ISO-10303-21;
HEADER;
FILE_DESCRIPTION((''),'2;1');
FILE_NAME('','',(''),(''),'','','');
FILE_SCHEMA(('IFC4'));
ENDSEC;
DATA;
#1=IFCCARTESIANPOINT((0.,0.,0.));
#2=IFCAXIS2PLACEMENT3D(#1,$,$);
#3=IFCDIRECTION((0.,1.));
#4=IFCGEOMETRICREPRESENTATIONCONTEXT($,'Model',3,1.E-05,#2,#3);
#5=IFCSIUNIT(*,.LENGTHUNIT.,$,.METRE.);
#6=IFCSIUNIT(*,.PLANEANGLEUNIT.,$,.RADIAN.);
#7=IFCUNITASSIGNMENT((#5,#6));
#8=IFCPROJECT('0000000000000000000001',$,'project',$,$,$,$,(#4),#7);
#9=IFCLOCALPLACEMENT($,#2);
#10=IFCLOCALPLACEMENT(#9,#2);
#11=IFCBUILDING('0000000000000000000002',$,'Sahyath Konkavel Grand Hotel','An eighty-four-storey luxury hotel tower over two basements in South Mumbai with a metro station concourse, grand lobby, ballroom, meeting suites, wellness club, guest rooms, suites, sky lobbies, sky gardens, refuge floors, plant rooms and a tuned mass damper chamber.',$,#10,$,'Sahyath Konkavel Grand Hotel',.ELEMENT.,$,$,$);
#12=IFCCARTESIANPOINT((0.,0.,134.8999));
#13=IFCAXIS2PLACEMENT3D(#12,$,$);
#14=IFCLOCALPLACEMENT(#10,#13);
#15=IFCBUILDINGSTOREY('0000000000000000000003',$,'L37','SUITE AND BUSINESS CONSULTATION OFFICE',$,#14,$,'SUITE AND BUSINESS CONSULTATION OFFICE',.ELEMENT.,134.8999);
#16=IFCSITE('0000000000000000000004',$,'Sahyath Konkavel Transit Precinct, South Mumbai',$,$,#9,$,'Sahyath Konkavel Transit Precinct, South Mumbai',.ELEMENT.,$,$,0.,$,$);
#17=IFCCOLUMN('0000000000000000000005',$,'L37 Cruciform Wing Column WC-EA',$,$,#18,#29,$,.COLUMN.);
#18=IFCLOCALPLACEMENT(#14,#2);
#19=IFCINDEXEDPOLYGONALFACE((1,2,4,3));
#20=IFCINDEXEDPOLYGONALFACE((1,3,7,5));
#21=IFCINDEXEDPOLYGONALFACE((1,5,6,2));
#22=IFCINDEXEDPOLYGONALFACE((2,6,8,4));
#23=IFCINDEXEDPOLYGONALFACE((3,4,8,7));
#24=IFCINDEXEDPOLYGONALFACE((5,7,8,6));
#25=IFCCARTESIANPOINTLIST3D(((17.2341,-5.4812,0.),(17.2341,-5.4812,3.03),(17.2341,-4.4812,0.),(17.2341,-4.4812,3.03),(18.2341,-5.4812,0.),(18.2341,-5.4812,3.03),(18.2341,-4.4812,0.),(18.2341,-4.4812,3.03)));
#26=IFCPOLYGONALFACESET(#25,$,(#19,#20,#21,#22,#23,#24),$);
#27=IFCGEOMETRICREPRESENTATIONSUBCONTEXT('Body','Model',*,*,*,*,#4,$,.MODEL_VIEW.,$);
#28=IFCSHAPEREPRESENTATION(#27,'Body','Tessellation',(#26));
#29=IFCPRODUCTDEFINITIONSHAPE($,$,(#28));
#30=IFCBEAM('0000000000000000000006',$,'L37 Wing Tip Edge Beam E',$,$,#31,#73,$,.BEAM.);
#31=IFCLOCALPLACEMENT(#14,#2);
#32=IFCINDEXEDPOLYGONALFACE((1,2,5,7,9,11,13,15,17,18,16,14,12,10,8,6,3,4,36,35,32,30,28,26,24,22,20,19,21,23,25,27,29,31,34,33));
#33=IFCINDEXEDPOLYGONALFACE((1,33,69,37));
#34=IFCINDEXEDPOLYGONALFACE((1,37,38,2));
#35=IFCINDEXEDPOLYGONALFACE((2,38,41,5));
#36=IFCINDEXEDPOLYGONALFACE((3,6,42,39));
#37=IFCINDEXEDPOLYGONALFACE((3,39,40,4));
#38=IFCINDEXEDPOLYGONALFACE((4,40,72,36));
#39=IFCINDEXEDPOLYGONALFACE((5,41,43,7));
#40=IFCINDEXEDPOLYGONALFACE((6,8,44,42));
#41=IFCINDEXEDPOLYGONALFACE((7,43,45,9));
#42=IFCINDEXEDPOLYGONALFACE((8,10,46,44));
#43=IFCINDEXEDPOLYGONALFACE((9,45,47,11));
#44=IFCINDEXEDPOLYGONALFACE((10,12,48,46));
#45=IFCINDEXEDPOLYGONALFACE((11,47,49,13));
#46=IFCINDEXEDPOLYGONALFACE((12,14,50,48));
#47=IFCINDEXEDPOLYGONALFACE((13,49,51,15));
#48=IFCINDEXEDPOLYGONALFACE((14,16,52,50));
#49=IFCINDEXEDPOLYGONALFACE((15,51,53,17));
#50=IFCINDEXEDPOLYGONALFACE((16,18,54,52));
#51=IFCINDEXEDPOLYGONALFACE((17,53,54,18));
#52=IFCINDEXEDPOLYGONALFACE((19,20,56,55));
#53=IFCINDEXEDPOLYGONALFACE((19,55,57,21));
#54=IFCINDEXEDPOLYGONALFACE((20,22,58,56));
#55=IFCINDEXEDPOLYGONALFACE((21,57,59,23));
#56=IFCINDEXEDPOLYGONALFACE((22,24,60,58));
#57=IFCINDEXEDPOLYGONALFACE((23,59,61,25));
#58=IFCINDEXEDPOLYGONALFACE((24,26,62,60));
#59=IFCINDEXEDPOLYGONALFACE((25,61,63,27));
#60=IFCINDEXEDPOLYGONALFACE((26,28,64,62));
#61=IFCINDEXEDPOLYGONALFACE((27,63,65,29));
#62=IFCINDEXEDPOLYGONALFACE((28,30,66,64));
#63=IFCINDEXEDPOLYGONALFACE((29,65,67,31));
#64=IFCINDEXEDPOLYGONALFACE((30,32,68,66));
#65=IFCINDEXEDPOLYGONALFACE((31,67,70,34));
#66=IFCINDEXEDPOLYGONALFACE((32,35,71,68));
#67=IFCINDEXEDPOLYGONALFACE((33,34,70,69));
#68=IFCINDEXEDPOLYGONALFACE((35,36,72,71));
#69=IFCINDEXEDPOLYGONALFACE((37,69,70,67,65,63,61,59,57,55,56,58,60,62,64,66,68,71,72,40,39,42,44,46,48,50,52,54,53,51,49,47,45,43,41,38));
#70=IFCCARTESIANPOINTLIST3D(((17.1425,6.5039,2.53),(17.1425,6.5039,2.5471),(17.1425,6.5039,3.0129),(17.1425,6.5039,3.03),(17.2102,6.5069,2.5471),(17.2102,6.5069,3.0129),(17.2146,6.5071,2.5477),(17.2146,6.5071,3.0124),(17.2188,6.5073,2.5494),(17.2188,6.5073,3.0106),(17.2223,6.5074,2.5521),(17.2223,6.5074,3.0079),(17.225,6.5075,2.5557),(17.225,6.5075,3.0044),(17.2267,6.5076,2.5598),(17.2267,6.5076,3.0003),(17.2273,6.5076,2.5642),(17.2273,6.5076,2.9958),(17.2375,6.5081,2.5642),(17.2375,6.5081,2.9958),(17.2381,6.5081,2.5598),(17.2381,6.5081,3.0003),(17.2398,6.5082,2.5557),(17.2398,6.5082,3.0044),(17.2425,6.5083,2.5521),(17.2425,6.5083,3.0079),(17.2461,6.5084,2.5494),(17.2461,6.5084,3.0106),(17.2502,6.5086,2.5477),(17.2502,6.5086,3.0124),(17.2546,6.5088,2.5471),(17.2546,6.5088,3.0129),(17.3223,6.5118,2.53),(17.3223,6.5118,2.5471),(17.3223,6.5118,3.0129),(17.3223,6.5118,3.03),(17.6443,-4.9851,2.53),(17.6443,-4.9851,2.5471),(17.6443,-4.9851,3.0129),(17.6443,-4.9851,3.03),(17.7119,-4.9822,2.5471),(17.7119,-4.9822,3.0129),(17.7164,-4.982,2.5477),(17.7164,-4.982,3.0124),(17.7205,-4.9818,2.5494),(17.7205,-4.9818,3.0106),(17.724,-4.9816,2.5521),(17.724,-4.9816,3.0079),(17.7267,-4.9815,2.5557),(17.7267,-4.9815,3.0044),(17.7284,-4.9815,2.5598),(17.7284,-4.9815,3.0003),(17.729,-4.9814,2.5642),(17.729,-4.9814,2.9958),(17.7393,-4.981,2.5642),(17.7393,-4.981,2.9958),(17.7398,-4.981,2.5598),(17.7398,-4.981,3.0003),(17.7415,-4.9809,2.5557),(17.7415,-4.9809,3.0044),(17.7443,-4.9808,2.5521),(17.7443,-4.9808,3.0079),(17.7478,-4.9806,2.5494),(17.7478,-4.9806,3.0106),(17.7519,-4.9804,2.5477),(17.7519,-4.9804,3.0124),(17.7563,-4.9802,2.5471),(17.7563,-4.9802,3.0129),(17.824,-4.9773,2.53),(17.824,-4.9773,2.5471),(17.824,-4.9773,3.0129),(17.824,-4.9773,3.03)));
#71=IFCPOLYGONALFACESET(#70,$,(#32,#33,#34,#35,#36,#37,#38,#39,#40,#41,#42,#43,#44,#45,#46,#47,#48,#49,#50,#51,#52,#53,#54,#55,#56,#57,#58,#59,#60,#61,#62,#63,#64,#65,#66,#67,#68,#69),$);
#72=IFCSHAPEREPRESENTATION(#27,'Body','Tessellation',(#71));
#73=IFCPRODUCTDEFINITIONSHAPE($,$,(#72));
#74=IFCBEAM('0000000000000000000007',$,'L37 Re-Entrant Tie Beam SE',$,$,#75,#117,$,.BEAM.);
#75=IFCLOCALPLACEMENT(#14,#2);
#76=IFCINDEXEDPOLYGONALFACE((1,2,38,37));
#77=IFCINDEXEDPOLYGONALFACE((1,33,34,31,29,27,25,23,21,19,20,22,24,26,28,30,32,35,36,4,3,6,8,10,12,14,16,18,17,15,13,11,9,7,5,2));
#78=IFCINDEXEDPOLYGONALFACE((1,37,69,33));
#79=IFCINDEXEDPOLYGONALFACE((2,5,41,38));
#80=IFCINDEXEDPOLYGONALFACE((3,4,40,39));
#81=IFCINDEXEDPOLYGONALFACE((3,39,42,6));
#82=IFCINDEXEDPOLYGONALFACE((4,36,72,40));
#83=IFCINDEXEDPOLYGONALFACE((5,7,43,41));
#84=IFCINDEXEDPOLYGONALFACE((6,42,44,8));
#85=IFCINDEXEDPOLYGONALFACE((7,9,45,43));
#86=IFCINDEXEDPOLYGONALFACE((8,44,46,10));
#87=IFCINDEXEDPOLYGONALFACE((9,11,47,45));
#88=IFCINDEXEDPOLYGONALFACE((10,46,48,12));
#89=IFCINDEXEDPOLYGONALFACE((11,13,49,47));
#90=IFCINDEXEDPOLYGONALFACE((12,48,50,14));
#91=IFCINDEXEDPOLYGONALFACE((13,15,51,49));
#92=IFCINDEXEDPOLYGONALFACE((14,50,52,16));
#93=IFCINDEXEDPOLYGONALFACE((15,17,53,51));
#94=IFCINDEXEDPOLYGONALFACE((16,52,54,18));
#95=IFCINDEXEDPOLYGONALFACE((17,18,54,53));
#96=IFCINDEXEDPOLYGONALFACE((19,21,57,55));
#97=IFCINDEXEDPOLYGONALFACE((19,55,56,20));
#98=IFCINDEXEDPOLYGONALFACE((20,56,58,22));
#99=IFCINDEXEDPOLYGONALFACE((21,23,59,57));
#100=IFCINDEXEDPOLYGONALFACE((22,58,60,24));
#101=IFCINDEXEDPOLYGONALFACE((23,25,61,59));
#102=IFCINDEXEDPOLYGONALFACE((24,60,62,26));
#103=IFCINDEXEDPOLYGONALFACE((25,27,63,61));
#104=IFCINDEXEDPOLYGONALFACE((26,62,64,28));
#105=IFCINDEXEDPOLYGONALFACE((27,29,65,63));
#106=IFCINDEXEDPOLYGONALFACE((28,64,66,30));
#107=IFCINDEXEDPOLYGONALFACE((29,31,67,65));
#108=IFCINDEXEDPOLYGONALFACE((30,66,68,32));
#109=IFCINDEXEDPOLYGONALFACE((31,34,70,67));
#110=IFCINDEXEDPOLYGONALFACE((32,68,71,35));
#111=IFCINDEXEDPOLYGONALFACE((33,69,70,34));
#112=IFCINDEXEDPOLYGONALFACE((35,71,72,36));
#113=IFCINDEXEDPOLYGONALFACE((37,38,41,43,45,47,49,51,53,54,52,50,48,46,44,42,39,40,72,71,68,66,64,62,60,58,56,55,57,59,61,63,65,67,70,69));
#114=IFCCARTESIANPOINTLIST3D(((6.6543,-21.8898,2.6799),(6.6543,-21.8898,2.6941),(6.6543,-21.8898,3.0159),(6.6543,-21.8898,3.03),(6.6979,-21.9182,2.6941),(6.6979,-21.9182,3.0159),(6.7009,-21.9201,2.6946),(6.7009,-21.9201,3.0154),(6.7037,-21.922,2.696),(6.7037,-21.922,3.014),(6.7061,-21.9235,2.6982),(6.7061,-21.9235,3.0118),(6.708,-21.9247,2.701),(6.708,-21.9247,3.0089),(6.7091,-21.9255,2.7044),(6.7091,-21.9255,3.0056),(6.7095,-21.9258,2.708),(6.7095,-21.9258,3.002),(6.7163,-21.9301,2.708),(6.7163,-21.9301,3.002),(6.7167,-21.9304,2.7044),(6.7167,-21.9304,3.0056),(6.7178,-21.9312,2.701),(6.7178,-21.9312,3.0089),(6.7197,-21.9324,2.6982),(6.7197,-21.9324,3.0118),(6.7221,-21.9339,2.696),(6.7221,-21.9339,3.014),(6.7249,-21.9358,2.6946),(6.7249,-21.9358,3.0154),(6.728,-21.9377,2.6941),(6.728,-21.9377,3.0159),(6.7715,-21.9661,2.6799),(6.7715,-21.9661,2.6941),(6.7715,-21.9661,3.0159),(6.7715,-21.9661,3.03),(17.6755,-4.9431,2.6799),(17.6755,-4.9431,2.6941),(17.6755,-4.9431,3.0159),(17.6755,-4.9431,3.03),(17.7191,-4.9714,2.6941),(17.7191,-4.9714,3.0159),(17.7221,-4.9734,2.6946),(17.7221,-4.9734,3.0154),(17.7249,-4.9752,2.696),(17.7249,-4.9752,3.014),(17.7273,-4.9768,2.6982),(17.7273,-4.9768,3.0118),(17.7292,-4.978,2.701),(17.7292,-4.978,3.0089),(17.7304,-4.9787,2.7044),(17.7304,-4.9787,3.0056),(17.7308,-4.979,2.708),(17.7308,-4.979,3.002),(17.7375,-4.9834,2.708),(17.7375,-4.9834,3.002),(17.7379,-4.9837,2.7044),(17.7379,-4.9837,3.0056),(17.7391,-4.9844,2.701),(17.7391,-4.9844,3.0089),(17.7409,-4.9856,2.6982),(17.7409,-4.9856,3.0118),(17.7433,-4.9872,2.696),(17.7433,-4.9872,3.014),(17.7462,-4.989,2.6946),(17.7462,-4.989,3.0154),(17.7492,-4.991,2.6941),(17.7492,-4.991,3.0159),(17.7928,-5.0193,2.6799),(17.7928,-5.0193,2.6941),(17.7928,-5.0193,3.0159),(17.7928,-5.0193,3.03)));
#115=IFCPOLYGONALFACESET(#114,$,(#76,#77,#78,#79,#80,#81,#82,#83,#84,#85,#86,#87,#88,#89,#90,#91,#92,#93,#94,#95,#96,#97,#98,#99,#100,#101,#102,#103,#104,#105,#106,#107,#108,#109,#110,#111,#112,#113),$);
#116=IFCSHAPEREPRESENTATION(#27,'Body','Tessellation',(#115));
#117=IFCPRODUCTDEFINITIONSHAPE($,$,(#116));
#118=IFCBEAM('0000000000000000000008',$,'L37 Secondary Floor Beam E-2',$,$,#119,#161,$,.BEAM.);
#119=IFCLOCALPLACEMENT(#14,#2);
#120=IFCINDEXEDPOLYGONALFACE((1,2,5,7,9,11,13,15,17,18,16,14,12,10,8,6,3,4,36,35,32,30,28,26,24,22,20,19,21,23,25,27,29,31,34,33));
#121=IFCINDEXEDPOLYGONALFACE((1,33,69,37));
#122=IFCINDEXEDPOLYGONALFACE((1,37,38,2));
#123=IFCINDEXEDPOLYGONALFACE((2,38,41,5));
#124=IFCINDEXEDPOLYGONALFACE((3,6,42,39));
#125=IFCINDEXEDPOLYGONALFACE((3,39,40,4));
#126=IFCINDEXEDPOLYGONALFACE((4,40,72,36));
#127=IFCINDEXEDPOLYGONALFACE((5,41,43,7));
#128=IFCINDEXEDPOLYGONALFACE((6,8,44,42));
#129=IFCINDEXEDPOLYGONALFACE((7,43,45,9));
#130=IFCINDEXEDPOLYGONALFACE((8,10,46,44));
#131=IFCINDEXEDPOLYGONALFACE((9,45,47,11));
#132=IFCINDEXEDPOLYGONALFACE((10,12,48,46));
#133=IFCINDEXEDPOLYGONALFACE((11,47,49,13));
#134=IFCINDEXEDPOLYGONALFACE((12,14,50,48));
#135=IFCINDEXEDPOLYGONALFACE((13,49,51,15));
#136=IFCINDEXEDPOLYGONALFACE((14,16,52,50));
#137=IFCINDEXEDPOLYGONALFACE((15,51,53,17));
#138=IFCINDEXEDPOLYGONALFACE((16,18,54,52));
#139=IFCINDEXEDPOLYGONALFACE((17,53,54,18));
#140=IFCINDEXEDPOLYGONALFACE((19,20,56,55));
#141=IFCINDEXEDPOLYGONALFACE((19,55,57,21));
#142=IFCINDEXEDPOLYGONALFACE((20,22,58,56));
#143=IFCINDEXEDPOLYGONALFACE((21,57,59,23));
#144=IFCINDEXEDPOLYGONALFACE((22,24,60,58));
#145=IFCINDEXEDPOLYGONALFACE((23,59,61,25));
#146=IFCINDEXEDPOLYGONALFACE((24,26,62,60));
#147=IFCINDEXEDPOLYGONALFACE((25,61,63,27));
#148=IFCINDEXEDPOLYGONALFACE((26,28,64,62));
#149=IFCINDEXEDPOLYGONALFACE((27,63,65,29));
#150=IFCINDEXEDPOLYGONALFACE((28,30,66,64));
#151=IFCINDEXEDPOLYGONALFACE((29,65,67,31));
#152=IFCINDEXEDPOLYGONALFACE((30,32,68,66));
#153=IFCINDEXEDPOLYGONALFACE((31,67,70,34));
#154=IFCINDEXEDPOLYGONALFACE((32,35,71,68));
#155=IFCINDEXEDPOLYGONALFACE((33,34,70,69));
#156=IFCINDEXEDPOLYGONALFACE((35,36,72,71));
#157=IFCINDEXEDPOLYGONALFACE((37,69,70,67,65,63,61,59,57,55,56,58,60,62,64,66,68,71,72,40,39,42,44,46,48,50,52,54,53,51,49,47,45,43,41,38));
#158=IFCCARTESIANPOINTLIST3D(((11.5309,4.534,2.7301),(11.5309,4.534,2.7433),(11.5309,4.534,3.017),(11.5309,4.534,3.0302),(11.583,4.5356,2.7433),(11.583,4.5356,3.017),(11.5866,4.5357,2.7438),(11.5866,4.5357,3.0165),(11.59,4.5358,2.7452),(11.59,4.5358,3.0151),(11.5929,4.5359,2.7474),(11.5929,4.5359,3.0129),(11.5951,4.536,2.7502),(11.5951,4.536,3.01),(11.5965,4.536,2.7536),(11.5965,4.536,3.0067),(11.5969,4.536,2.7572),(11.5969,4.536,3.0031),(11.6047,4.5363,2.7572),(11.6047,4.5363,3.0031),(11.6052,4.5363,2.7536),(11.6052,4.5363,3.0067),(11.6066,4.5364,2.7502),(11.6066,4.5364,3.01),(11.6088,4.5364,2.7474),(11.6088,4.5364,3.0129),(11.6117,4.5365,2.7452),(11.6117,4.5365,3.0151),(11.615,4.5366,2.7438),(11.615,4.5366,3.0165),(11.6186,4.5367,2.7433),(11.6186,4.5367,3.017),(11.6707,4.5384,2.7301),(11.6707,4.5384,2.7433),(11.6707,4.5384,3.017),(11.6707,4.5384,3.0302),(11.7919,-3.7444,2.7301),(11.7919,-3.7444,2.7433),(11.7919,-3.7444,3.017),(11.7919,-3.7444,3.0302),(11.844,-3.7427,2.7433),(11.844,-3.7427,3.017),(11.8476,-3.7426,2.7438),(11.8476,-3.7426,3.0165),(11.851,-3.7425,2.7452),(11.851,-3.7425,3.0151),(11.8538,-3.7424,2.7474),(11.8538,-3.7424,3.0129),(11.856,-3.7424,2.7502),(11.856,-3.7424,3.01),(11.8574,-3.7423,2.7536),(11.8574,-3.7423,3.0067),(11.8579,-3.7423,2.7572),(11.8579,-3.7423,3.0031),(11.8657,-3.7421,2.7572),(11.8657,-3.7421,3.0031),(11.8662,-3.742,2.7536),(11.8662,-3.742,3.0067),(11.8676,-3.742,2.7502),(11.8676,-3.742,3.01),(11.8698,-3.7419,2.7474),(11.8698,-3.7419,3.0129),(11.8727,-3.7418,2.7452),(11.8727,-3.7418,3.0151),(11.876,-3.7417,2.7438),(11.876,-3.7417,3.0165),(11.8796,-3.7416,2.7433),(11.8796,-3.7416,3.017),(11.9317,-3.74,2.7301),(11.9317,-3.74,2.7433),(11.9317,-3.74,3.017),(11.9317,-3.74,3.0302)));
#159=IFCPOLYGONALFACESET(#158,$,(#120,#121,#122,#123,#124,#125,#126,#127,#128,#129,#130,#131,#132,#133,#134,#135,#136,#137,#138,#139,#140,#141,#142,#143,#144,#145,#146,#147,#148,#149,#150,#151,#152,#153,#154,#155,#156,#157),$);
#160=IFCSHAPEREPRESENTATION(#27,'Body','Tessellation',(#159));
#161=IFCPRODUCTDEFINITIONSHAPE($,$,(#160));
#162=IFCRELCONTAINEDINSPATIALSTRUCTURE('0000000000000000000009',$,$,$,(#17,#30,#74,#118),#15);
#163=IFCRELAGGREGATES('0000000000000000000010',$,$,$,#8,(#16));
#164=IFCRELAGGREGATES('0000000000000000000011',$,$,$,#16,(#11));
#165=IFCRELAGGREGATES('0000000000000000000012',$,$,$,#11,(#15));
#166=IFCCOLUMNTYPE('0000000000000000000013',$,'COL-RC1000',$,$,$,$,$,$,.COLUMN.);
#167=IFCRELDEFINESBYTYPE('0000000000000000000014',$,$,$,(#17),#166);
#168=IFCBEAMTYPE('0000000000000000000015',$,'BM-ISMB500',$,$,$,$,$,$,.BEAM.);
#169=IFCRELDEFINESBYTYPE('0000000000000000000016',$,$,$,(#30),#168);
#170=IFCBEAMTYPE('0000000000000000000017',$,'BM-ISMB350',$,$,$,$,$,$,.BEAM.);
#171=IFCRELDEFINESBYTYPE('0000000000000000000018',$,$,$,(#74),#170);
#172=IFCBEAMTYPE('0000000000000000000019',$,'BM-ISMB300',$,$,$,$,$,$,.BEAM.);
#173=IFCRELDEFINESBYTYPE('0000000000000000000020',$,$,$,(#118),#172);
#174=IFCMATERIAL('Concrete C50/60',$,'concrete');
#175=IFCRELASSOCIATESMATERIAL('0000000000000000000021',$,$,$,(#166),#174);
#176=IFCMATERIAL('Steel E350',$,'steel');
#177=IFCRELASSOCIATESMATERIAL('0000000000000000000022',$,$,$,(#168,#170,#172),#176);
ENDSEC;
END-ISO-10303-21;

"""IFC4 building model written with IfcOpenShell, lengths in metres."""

from ifc_helpers import new_model, si_unit, direction, frame, origin, origin_2d, place, context, subcontext, project, spatial, rectangle, i_section, extrude, source, transform, mapped, material, material_profile, profile_set, type_object, element, save


model = new_model("IFC4")

# Units and contexts
model_context = context("Model", 3, precision=1e-05, world=origin(), true_north=direction((0.0, 1.0)))
body_context = subcontext(model_context, "Body", "Model", "MODEL_VIEW")
ifc_project = project(units=[si_unit("LENGTHUNIT", "METRE"), si_unit("PLANEANGLEUNIT", "RADIAN")], contexts=[model_context])

# Site, building, storey
site_placement = place(None, origin())
site = spatial("IfcSite", under=ifc_project, at=site_placement, Name="Sahyath Konkavel Transit Precinct, South Mumbai", LongName="Sahyath Konkavel Transit Precinct, South Mumbai", CompositionType="ELEMENT", RefElevation=0.0)
building_placement = place(site_placement, origin())
building = spatial("IfcBuilding", under=site, at=building_placement, Name="Sahyath Konkavel Grand Hotel", Description="An eighty-four-storey luxury hotel tower over two basements in South Mumbai with a metro station concourse, grand lobby, ballroom, meeting suites, wellness club, guest rooms, suites, sky lobbies, sky gardens, refuge floors, plant rooms and a tuned mass damper chamber.", LongName="Sahyath Konkavel Grand Hotel", CompositionType="ELEMENT")
storey_placement = place(building_placement, frame((0.0, 0.0, 134.8999)))
storey = spatial("IfcBuildingStorey", under=building, at=storey_placement, Name="L37", Description="SUITE AND BUSINESS CONSULTATION OFFICE", LongName="SUITE AND BUSINESS CONSULTATION OFFICE", CompositionType="ELEMENT", Elevation=134.8999)

# Column
ifc_material_1 = material(Name="Concrete C50/60", Category="concrete")
ifc_material_profile_1 = material_profile(ifc_material_1, rectangle(XDim=1.0, YDim=1.0, at=origin_2d()), Name="RC 1000x1000")
ifc_profile_set_1 = profile_set([ifc_material_profile_1], Name="Concrete C50/60")
column_type = type_object("IfcColumnType", Name="COL-RC1000", PredefinedType="COLUMN", material=ifc_profile_set_1)
shared_shape_1 = source(origin(), body_context, "Body", "SweptSolid", [
    extrude(rectangle(XDim=1.0, YDim=1.0, at=origin_2d()), origin(), (0.0, 0.0, 1.0), 3.03),
])
column_placement = place(storey_placement, frame((17.7341, -4.9812, 0.0), z_axis=(0.0, 0.0, 1.0), x_axis=(1.0, 0.0, 0.0)))
element("IfcColumn", 1, at=column_placement, inside=storey, type_object=column_type, Name="L37 Cruciform Wing Column WC-EA", PredefinedType="COLUMN", context=body_context, shape_type="MappedRepresentation", body=[
    mapped(shared_shape_1, transform((0.0, 0.0, 0.0), scale=1.0)),
])

# Beams
ifc_material_2 = material(Name="Steel E350", Category="steel")
ifc_material_profile_2 = material_profile(ifc_material_2, i_section(OverallWidth=0.1799, OverallDepth=0.5, WebThickness=0.0103, FlangeThickness=0.0171, FilletRadius=0.0171, at=origin_2d()), Name="ISMB 500")
ifc_profile_set_2 = profile_set([ifc_material_profile_2], Name="Steel E350")
beam_type_1 = type_object("IfcBeamType", Name="BM-ISMB500", PredefinedType="BEAM", material=ifc_profile_set_2)
shared_shape_2 = source(origin(), body_context, "Body", "SweptSolid", [
    extrude(i_section(OverallWidth=0.1799, OverallDepth=0.5, WebThickness=0.0103, FlangeThickness=0.0171, FilletRadius=0.0171, at=origin_2d()), origin(), (0.0, 0.0, 1.0), 11.5),
])
beam_1_placement = place(storey_placement, frame((17.7341, -4.9812, 2.78), z_axis=(-0.043627, 0.999048, 0.0), x_axis=(-0.999048, -0.043627, 0.0)))
element("IfcBeam", 2, at=beam_1_placement, inside=storey, type_object=beam_type_1, Name="L37 Wing Tip Edge Beam E", PredefinedType="BEAM", context=body_context, shape_type="MappedRepresentation", body=[
    mapped(shared_shape_2, transform((0.0, 0.0, 0.0), scale=1.0)),
])
ifc_material_profile_3 = material_profile(ifc_material_2, i_section(OverallWidth=0.1399, OverallDepth=0.3501, WebThickness=0.0081, FlangeThickness=0.0142, FilletRadius=0.0139, at=origin_2d()), Name="ISMB 350")
ifc_profile_set_3 = profile_set([ifc_material_profile_3], Name="Steel E350")
beam_type_2 = type_object("IfcBeamType", Name="BM-ISMB350", PredefinedType="BEAM", material=ifc_profile_set_3)
shared_shape_3 = source(origin(), body_context, "Body", "SweptSolid", [
    extrude(i_section(OverallWidth=0.1399, OverallDepth=0.3501, WebThickness=0.0081, FlangeThickness=0.0142, FilletRadius=0.0139, at=origin_2d()), origin(), (0.0, 0.0, 1.0), 20.2153),
])
beam_2_placement = place(storey_placement, frame((17.7341, -4.9812, 2.855), z_axis=(-0.545191, -0.838312, 0.0), x_axis=(0.838312, -0.545191, 0.0)))
element("IfcBeam", 3, at=beam_2_placement, inside=storey, type_object=beam_type_2, Name="L37 Re-Entrant Tie Beam SE", PredefinedType="BEAM", context=body_context, shape_type="MappedRepresentation", body=[
    mapped(shared_shape_3, transform((0.0, 0.0, 0.0), scale=1.0)),
])
ifc_material_profile_4 = material_profile(ifc_material_2, i_section(OverallWidth=0.1399, OverallDepth=0.3, WebThickness=0.0078, FlangeThickness=0.0132, FilletRadius=0.0139, at=origin_2d()), Name="ISMB 300")
ifc_profile_set_4 = profile_set([ifc_material_profile_4], Name="Steel E350")
beam_type_3 = type_object("IfcBeamType", Name="BM-ISMB300", PredefinedType="BEAM", material=ifc_profile_set_4)
shared_shape_4 = source(origin(), body_context, "Body", "SweptSolid", [
    extrude(i_section(OverallWidth=0.1399, OverallDepth=0.3, WebThickness=0.0078, FlangeThickness=0.0132, FilletRadius=0.0139, at=origin_2d()), origin(), (0.0, 0.0, 1.0), 8.2825),
])
beam_3_placement = place(storey_placement, frame((11.8618, -3.7422, 2.8801), z_axis=(-0.031511, 0.999503, 0.0), x_axis=(-0.999503, -0.031511, 0.0)))
element("IfcBeam", 4, at=beam_3_placement, inside=storey, type_object=beam_type_3, Name="L37 Secondary Floor Beam E-2", PredefinedType="BEAM", context=body_context, shape_type="MappedRepresentation", body=[
    mapped(shared_shape_4, transform((0.0, 0.0, 0.0), scale=1.0)),
])

save(model, "model.ifc")
